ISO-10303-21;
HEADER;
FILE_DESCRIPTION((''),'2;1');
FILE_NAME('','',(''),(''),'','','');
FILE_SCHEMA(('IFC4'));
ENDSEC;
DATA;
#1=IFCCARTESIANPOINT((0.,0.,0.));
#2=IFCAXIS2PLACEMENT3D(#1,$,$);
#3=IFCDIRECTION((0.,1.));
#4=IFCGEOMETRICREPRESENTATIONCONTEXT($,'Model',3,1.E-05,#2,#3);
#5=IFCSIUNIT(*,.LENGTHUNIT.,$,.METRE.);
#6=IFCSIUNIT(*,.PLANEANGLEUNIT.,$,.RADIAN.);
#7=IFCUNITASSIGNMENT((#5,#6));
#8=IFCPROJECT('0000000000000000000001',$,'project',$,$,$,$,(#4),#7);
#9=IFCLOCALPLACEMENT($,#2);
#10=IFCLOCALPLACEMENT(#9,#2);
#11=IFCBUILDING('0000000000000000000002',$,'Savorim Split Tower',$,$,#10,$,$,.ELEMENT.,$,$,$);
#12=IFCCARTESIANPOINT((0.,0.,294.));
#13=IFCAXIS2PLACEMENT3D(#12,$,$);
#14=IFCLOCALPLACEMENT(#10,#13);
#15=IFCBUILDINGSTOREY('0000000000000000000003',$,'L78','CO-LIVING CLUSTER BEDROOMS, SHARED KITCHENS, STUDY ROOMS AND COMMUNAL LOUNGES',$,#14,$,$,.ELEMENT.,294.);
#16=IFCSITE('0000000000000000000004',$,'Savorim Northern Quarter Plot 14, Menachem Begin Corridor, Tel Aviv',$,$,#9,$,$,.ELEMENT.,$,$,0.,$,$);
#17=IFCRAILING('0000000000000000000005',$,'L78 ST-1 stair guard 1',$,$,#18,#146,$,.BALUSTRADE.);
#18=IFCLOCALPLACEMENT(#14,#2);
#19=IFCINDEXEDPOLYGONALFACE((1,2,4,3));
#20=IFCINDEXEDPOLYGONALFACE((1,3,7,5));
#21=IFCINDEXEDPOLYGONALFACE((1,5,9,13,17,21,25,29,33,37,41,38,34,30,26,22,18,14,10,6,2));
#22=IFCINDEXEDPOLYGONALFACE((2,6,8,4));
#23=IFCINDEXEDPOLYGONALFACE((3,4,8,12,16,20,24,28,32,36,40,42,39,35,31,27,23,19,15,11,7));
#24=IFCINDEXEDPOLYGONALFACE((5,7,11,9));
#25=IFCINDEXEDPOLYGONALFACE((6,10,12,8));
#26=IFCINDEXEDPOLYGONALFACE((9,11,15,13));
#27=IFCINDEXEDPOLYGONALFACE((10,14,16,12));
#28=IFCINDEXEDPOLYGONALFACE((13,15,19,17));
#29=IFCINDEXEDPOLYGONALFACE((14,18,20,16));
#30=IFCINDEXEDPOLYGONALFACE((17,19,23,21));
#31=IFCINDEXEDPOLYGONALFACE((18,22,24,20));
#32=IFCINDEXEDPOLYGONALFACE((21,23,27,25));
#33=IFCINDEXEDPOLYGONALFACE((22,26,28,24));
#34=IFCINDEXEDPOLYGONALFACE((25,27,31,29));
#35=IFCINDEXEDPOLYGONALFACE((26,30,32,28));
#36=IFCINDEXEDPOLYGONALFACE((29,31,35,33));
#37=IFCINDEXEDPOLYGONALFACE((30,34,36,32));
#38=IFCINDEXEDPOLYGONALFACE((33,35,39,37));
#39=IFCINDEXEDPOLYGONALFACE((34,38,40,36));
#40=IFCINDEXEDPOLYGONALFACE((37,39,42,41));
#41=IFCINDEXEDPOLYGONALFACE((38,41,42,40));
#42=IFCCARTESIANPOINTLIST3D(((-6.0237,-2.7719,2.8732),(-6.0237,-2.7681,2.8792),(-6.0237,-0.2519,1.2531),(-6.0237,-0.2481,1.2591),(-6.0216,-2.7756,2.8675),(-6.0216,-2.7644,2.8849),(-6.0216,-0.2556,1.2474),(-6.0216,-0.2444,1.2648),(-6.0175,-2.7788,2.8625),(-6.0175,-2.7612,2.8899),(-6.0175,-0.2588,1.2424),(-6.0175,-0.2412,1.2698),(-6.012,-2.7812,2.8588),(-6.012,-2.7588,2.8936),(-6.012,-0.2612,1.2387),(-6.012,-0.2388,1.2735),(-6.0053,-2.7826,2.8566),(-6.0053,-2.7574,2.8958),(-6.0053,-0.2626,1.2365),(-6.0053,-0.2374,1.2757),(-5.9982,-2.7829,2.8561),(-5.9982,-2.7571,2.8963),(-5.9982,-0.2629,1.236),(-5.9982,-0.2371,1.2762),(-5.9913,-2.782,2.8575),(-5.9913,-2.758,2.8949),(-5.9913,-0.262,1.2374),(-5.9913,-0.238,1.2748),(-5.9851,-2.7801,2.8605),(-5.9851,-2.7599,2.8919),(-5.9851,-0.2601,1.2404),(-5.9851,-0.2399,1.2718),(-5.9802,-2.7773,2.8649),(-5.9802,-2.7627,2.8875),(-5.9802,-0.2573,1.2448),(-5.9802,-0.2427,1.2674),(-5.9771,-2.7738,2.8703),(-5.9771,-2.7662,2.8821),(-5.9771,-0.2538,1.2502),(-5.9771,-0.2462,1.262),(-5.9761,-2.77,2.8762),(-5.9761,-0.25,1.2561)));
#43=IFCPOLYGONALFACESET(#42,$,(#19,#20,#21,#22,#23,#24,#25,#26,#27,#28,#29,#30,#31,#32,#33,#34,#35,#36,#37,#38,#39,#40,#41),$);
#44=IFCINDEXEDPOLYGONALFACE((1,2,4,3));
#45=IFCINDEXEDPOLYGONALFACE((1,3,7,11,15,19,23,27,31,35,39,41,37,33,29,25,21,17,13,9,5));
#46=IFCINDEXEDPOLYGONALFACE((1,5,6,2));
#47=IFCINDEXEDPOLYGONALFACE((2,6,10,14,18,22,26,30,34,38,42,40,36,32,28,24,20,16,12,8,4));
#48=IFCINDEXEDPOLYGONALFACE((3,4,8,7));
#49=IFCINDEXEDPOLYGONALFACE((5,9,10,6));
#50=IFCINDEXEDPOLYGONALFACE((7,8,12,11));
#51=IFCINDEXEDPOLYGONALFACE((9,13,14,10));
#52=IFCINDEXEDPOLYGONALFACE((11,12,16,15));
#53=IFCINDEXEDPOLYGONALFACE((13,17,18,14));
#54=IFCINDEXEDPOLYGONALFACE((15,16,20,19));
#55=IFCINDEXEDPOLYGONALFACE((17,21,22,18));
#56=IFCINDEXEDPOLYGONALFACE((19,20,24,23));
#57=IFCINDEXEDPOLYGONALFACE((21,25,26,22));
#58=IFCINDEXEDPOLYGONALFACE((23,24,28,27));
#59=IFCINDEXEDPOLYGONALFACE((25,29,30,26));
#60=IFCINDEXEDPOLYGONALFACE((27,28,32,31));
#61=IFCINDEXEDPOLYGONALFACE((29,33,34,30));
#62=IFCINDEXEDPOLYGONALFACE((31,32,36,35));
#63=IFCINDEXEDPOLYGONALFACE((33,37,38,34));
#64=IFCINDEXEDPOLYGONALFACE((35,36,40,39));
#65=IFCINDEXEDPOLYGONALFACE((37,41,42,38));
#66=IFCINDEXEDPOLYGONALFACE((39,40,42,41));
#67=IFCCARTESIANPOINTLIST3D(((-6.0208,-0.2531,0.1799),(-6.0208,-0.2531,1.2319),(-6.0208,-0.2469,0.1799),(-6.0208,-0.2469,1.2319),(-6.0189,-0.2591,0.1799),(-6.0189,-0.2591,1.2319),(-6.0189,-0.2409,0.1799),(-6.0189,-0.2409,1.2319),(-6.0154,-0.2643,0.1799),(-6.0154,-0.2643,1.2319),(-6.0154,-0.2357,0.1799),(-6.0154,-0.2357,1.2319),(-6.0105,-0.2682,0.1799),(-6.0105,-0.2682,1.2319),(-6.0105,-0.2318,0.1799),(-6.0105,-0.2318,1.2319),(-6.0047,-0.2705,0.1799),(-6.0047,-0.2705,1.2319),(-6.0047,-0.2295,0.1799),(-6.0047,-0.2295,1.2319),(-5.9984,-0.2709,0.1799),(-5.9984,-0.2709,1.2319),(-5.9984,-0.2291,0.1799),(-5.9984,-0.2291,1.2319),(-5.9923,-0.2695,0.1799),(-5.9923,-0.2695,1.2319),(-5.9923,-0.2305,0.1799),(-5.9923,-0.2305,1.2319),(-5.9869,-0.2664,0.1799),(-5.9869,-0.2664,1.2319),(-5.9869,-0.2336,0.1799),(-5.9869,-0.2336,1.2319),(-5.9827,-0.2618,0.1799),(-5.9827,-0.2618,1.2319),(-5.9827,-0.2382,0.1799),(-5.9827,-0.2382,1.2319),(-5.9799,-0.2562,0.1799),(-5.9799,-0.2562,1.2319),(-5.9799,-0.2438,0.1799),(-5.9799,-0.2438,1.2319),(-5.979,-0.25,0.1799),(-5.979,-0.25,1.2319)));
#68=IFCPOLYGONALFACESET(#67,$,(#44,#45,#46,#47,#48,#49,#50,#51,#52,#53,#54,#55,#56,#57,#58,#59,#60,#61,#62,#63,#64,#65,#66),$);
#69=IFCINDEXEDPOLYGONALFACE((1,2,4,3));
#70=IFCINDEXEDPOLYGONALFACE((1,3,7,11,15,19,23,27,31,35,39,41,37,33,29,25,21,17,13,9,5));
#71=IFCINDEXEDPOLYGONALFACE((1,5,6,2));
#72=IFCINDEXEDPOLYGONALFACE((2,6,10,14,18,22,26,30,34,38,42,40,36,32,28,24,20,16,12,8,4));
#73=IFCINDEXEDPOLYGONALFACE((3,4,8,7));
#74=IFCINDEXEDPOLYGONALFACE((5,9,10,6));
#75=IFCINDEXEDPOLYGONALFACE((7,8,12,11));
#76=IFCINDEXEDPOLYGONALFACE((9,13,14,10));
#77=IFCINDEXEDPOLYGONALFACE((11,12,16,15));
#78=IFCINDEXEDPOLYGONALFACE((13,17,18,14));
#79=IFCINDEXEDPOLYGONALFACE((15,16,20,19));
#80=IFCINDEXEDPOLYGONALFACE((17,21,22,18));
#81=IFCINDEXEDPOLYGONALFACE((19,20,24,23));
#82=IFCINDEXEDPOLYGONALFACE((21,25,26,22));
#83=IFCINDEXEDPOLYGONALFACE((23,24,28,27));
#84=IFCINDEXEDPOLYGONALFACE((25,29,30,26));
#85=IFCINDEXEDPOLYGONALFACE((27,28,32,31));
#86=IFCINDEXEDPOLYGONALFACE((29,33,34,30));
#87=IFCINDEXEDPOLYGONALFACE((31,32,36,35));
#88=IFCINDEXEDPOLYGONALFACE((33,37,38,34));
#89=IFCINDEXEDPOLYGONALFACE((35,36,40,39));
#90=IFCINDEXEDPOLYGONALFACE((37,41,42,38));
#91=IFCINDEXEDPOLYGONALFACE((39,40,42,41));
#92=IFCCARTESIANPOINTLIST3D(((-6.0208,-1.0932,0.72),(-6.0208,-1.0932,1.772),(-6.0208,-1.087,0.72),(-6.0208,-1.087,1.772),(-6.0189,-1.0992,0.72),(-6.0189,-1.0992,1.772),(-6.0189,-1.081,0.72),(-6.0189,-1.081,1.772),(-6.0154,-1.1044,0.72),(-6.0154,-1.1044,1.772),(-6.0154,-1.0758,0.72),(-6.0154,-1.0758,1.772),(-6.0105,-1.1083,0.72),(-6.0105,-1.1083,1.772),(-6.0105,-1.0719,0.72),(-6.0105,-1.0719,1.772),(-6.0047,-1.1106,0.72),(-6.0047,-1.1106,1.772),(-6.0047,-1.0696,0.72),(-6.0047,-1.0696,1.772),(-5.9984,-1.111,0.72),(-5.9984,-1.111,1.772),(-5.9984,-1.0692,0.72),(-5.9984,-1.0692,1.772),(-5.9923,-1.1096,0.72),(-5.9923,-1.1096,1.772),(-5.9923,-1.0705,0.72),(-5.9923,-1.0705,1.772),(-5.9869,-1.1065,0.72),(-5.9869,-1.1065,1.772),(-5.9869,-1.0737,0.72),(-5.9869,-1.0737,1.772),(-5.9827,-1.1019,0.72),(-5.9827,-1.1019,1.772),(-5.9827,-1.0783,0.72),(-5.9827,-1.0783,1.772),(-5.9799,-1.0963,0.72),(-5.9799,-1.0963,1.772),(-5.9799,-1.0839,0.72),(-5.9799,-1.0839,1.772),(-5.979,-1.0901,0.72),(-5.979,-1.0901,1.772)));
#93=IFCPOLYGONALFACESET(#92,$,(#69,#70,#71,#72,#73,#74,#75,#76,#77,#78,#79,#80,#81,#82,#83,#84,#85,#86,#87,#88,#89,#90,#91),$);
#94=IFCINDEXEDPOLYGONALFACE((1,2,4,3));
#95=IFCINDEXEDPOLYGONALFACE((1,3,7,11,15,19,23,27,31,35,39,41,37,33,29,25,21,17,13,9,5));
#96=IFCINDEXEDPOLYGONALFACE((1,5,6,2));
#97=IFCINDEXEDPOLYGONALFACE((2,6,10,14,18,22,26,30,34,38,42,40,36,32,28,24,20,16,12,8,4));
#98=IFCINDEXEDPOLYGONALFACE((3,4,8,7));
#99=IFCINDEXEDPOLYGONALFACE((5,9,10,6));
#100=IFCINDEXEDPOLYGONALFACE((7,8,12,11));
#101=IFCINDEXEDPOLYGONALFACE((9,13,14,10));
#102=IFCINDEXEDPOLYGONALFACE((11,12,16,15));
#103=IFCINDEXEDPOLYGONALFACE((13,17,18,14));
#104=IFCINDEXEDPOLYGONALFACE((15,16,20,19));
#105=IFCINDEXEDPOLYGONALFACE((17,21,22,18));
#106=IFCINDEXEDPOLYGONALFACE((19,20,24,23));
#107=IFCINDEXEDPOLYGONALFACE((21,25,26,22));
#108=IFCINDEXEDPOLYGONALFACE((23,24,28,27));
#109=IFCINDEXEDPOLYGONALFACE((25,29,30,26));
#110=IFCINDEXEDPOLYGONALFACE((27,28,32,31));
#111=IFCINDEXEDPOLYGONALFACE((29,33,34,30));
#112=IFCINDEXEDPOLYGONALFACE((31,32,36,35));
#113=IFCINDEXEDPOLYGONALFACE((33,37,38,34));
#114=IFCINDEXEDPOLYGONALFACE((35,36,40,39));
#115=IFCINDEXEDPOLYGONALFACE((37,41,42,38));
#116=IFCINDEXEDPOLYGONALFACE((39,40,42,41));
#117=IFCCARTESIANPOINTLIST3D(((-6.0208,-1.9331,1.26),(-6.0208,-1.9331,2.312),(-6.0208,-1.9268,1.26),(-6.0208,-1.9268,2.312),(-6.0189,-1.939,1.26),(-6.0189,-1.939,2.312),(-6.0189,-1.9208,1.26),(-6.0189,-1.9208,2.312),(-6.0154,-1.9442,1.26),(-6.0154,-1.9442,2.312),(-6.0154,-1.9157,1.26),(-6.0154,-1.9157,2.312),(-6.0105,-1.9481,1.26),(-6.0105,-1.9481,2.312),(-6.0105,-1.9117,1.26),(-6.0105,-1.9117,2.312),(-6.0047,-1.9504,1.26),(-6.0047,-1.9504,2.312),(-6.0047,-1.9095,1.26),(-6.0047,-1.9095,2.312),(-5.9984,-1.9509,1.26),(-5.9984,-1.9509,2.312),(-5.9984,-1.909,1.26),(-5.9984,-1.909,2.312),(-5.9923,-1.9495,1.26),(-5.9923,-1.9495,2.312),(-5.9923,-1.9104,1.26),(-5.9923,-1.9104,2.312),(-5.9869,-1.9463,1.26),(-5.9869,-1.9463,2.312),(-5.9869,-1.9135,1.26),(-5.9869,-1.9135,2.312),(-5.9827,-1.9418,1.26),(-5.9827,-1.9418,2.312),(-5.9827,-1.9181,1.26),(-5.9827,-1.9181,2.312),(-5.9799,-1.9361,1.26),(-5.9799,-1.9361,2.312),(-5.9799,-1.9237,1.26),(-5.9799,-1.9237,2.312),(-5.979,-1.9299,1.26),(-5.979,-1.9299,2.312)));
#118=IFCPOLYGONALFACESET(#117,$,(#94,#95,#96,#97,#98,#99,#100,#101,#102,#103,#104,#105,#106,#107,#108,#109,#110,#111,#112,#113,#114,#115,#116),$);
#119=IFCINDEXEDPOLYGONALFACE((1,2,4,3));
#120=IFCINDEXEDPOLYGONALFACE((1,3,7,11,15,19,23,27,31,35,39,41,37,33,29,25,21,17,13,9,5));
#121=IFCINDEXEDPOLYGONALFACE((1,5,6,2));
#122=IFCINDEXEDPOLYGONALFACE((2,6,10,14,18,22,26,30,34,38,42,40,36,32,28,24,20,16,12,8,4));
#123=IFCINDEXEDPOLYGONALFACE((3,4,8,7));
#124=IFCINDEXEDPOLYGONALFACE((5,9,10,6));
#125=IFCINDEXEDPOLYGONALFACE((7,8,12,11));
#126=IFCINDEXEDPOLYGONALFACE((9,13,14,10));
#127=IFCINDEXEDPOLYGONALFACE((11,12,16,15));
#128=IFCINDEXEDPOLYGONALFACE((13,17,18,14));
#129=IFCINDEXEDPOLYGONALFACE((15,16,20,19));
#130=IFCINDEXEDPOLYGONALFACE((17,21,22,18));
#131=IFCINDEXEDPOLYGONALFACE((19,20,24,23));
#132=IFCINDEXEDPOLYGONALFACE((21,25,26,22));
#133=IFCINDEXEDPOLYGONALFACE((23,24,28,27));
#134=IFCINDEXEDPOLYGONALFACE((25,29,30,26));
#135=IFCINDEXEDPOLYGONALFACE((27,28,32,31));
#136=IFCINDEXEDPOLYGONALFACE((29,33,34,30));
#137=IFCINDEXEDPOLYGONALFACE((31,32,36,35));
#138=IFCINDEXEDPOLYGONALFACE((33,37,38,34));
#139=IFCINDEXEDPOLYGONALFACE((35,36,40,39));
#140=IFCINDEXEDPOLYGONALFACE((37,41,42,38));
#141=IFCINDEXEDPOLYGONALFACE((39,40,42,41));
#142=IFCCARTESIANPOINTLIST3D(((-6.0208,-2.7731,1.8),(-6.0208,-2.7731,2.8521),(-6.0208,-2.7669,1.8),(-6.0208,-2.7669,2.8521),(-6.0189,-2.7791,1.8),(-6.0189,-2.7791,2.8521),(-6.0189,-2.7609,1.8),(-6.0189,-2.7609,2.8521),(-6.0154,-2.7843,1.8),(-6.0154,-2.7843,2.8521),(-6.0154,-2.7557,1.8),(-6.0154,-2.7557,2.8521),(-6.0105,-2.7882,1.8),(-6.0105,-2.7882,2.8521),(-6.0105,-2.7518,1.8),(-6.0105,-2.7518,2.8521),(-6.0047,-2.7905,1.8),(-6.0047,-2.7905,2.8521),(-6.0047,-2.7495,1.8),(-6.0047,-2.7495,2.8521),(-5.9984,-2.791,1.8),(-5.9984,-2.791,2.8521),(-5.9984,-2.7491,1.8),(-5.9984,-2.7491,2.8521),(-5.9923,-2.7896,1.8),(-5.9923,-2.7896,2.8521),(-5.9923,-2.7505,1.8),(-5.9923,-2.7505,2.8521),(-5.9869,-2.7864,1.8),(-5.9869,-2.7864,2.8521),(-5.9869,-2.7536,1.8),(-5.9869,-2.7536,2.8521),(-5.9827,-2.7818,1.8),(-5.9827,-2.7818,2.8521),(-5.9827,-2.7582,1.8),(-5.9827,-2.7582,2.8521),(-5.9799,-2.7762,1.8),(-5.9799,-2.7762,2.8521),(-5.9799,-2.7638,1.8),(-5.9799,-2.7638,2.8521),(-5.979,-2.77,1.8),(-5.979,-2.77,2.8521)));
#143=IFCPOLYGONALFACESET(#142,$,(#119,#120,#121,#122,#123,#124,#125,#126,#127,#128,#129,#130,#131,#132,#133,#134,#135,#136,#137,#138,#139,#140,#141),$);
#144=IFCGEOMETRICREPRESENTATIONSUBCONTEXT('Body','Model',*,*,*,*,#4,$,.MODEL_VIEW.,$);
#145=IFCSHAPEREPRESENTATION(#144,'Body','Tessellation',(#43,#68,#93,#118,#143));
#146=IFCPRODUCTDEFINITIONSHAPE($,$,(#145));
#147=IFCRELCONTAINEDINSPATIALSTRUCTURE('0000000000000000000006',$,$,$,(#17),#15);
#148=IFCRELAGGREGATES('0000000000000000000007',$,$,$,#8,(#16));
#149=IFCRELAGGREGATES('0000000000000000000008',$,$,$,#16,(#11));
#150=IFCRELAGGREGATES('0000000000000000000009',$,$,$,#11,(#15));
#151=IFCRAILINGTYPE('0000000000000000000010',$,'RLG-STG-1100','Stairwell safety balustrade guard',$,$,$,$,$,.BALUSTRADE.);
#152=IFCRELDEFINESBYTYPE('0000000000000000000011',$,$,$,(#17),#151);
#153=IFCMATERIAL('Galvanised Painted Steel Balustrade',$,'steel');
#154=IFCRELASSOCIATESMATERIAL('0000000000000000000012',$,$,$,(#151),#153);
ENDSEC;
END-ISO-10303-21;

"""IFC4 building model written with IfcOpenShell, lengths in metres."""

from ifc_helpers import new_model, si_unit, direction, frame, origin, origin_2d, place, context, subcontext, project, spatial, circle, extrude, material, type_object, element, save


model = new_model("IFC4")

# Units and contexts
model_context = context("Model", 3, precision=1e-05, world=origin(), true_north=direction((0.0, 1.0)))
body_context = subcontext(model_context, "Body", "Model", "MODEL_VIEW")
ifc_project = project(units=[si_unit("LENGTHUNIT", "METRE"), si_unit("PLANEANGLEUNIT", "RADIAN")], contexts=[model_context])

# Site, building, storey
site_placement = place(None, origin())
site = spatial("IfcSite", under=ifc_project, at=site_placement, Name="Savorim Northern Quarter Plot 14, Menachem Begin Corridor, Tel Aviv", CompositionType="ELEMENT", RefElevation=0.0)
building_placement = place(site_placement, origin())
building = spatial("IfcBuilding", under=site, at=building_placement, Name="Savorim Split Tower", CompositionType="ELEMENT")
storey_placement = place(building_placement, frame((0.0, 0.0, 294.0)))
storey = spatial("IfcBuildingStorey", under=building, at=storey_placement, Name="L78", Description="CO-LIVING CLUSTER BEDROOMS, SHARED KITCHENS, STUDY ROOMS AND COMMUNAL LOUNGES", CompositionType="ELEMENT", Elevation=294.0)

# Railing
ifc_material_1 = material(Name="Galvanised Painted Steel Balustrade", Category="steel")
railing_type_1 = type_object("IfcRailingType", Name="RLG-STG-1100", Description="Stairwell safety balustrade guard", PredefinedType="BALUSTRADE", material=ifc_material_1)
railing_1_placement = place(storey_placement, frame((-6.0, -0.25, 0.1799)))
element("IfcRailing", 1, at=railing_1_placement, inside=storey, type_object=railing_type_1, Name="L78 ST-1 stair guard 1", PredefinedType="BALUSTRADE", context=body_context, shape_type="SweptSolid", body=[
    extrude(circle(Radius=0.0239, at=origin_2d()), frame((0.0, 0.0, 1.0762), z_axis=(0.0, -0.841163, 0.540782), x_axis=(1.0, 0.0, 0.0)), (0.0, 0.0, 1.0), 2.9958),
    extrude(circle(Radius=0.021, at=origin_2d()), origin(), (0.0, 0.0, 1.0), 1.052),
    extrude(circle(Radius=0.021, at=origin_2d()), frame((0.0, -0.8401, 0.54)), (0.0, 0.0, 1.0), 1.052),
    extrude(circle(Radius=0.021, at=origin_2d()), frame((0.0, -1.6799, 1.0801)), (0.0, 0.0, 1.0), 1.052),
    extrude(circle(Radius=0.021, at=origin_2d()), frame((0.0, -2.52, 1.6201)), (0.0, 0.0, 1.0), 1.052),
])

save(model, "model.ifc")
